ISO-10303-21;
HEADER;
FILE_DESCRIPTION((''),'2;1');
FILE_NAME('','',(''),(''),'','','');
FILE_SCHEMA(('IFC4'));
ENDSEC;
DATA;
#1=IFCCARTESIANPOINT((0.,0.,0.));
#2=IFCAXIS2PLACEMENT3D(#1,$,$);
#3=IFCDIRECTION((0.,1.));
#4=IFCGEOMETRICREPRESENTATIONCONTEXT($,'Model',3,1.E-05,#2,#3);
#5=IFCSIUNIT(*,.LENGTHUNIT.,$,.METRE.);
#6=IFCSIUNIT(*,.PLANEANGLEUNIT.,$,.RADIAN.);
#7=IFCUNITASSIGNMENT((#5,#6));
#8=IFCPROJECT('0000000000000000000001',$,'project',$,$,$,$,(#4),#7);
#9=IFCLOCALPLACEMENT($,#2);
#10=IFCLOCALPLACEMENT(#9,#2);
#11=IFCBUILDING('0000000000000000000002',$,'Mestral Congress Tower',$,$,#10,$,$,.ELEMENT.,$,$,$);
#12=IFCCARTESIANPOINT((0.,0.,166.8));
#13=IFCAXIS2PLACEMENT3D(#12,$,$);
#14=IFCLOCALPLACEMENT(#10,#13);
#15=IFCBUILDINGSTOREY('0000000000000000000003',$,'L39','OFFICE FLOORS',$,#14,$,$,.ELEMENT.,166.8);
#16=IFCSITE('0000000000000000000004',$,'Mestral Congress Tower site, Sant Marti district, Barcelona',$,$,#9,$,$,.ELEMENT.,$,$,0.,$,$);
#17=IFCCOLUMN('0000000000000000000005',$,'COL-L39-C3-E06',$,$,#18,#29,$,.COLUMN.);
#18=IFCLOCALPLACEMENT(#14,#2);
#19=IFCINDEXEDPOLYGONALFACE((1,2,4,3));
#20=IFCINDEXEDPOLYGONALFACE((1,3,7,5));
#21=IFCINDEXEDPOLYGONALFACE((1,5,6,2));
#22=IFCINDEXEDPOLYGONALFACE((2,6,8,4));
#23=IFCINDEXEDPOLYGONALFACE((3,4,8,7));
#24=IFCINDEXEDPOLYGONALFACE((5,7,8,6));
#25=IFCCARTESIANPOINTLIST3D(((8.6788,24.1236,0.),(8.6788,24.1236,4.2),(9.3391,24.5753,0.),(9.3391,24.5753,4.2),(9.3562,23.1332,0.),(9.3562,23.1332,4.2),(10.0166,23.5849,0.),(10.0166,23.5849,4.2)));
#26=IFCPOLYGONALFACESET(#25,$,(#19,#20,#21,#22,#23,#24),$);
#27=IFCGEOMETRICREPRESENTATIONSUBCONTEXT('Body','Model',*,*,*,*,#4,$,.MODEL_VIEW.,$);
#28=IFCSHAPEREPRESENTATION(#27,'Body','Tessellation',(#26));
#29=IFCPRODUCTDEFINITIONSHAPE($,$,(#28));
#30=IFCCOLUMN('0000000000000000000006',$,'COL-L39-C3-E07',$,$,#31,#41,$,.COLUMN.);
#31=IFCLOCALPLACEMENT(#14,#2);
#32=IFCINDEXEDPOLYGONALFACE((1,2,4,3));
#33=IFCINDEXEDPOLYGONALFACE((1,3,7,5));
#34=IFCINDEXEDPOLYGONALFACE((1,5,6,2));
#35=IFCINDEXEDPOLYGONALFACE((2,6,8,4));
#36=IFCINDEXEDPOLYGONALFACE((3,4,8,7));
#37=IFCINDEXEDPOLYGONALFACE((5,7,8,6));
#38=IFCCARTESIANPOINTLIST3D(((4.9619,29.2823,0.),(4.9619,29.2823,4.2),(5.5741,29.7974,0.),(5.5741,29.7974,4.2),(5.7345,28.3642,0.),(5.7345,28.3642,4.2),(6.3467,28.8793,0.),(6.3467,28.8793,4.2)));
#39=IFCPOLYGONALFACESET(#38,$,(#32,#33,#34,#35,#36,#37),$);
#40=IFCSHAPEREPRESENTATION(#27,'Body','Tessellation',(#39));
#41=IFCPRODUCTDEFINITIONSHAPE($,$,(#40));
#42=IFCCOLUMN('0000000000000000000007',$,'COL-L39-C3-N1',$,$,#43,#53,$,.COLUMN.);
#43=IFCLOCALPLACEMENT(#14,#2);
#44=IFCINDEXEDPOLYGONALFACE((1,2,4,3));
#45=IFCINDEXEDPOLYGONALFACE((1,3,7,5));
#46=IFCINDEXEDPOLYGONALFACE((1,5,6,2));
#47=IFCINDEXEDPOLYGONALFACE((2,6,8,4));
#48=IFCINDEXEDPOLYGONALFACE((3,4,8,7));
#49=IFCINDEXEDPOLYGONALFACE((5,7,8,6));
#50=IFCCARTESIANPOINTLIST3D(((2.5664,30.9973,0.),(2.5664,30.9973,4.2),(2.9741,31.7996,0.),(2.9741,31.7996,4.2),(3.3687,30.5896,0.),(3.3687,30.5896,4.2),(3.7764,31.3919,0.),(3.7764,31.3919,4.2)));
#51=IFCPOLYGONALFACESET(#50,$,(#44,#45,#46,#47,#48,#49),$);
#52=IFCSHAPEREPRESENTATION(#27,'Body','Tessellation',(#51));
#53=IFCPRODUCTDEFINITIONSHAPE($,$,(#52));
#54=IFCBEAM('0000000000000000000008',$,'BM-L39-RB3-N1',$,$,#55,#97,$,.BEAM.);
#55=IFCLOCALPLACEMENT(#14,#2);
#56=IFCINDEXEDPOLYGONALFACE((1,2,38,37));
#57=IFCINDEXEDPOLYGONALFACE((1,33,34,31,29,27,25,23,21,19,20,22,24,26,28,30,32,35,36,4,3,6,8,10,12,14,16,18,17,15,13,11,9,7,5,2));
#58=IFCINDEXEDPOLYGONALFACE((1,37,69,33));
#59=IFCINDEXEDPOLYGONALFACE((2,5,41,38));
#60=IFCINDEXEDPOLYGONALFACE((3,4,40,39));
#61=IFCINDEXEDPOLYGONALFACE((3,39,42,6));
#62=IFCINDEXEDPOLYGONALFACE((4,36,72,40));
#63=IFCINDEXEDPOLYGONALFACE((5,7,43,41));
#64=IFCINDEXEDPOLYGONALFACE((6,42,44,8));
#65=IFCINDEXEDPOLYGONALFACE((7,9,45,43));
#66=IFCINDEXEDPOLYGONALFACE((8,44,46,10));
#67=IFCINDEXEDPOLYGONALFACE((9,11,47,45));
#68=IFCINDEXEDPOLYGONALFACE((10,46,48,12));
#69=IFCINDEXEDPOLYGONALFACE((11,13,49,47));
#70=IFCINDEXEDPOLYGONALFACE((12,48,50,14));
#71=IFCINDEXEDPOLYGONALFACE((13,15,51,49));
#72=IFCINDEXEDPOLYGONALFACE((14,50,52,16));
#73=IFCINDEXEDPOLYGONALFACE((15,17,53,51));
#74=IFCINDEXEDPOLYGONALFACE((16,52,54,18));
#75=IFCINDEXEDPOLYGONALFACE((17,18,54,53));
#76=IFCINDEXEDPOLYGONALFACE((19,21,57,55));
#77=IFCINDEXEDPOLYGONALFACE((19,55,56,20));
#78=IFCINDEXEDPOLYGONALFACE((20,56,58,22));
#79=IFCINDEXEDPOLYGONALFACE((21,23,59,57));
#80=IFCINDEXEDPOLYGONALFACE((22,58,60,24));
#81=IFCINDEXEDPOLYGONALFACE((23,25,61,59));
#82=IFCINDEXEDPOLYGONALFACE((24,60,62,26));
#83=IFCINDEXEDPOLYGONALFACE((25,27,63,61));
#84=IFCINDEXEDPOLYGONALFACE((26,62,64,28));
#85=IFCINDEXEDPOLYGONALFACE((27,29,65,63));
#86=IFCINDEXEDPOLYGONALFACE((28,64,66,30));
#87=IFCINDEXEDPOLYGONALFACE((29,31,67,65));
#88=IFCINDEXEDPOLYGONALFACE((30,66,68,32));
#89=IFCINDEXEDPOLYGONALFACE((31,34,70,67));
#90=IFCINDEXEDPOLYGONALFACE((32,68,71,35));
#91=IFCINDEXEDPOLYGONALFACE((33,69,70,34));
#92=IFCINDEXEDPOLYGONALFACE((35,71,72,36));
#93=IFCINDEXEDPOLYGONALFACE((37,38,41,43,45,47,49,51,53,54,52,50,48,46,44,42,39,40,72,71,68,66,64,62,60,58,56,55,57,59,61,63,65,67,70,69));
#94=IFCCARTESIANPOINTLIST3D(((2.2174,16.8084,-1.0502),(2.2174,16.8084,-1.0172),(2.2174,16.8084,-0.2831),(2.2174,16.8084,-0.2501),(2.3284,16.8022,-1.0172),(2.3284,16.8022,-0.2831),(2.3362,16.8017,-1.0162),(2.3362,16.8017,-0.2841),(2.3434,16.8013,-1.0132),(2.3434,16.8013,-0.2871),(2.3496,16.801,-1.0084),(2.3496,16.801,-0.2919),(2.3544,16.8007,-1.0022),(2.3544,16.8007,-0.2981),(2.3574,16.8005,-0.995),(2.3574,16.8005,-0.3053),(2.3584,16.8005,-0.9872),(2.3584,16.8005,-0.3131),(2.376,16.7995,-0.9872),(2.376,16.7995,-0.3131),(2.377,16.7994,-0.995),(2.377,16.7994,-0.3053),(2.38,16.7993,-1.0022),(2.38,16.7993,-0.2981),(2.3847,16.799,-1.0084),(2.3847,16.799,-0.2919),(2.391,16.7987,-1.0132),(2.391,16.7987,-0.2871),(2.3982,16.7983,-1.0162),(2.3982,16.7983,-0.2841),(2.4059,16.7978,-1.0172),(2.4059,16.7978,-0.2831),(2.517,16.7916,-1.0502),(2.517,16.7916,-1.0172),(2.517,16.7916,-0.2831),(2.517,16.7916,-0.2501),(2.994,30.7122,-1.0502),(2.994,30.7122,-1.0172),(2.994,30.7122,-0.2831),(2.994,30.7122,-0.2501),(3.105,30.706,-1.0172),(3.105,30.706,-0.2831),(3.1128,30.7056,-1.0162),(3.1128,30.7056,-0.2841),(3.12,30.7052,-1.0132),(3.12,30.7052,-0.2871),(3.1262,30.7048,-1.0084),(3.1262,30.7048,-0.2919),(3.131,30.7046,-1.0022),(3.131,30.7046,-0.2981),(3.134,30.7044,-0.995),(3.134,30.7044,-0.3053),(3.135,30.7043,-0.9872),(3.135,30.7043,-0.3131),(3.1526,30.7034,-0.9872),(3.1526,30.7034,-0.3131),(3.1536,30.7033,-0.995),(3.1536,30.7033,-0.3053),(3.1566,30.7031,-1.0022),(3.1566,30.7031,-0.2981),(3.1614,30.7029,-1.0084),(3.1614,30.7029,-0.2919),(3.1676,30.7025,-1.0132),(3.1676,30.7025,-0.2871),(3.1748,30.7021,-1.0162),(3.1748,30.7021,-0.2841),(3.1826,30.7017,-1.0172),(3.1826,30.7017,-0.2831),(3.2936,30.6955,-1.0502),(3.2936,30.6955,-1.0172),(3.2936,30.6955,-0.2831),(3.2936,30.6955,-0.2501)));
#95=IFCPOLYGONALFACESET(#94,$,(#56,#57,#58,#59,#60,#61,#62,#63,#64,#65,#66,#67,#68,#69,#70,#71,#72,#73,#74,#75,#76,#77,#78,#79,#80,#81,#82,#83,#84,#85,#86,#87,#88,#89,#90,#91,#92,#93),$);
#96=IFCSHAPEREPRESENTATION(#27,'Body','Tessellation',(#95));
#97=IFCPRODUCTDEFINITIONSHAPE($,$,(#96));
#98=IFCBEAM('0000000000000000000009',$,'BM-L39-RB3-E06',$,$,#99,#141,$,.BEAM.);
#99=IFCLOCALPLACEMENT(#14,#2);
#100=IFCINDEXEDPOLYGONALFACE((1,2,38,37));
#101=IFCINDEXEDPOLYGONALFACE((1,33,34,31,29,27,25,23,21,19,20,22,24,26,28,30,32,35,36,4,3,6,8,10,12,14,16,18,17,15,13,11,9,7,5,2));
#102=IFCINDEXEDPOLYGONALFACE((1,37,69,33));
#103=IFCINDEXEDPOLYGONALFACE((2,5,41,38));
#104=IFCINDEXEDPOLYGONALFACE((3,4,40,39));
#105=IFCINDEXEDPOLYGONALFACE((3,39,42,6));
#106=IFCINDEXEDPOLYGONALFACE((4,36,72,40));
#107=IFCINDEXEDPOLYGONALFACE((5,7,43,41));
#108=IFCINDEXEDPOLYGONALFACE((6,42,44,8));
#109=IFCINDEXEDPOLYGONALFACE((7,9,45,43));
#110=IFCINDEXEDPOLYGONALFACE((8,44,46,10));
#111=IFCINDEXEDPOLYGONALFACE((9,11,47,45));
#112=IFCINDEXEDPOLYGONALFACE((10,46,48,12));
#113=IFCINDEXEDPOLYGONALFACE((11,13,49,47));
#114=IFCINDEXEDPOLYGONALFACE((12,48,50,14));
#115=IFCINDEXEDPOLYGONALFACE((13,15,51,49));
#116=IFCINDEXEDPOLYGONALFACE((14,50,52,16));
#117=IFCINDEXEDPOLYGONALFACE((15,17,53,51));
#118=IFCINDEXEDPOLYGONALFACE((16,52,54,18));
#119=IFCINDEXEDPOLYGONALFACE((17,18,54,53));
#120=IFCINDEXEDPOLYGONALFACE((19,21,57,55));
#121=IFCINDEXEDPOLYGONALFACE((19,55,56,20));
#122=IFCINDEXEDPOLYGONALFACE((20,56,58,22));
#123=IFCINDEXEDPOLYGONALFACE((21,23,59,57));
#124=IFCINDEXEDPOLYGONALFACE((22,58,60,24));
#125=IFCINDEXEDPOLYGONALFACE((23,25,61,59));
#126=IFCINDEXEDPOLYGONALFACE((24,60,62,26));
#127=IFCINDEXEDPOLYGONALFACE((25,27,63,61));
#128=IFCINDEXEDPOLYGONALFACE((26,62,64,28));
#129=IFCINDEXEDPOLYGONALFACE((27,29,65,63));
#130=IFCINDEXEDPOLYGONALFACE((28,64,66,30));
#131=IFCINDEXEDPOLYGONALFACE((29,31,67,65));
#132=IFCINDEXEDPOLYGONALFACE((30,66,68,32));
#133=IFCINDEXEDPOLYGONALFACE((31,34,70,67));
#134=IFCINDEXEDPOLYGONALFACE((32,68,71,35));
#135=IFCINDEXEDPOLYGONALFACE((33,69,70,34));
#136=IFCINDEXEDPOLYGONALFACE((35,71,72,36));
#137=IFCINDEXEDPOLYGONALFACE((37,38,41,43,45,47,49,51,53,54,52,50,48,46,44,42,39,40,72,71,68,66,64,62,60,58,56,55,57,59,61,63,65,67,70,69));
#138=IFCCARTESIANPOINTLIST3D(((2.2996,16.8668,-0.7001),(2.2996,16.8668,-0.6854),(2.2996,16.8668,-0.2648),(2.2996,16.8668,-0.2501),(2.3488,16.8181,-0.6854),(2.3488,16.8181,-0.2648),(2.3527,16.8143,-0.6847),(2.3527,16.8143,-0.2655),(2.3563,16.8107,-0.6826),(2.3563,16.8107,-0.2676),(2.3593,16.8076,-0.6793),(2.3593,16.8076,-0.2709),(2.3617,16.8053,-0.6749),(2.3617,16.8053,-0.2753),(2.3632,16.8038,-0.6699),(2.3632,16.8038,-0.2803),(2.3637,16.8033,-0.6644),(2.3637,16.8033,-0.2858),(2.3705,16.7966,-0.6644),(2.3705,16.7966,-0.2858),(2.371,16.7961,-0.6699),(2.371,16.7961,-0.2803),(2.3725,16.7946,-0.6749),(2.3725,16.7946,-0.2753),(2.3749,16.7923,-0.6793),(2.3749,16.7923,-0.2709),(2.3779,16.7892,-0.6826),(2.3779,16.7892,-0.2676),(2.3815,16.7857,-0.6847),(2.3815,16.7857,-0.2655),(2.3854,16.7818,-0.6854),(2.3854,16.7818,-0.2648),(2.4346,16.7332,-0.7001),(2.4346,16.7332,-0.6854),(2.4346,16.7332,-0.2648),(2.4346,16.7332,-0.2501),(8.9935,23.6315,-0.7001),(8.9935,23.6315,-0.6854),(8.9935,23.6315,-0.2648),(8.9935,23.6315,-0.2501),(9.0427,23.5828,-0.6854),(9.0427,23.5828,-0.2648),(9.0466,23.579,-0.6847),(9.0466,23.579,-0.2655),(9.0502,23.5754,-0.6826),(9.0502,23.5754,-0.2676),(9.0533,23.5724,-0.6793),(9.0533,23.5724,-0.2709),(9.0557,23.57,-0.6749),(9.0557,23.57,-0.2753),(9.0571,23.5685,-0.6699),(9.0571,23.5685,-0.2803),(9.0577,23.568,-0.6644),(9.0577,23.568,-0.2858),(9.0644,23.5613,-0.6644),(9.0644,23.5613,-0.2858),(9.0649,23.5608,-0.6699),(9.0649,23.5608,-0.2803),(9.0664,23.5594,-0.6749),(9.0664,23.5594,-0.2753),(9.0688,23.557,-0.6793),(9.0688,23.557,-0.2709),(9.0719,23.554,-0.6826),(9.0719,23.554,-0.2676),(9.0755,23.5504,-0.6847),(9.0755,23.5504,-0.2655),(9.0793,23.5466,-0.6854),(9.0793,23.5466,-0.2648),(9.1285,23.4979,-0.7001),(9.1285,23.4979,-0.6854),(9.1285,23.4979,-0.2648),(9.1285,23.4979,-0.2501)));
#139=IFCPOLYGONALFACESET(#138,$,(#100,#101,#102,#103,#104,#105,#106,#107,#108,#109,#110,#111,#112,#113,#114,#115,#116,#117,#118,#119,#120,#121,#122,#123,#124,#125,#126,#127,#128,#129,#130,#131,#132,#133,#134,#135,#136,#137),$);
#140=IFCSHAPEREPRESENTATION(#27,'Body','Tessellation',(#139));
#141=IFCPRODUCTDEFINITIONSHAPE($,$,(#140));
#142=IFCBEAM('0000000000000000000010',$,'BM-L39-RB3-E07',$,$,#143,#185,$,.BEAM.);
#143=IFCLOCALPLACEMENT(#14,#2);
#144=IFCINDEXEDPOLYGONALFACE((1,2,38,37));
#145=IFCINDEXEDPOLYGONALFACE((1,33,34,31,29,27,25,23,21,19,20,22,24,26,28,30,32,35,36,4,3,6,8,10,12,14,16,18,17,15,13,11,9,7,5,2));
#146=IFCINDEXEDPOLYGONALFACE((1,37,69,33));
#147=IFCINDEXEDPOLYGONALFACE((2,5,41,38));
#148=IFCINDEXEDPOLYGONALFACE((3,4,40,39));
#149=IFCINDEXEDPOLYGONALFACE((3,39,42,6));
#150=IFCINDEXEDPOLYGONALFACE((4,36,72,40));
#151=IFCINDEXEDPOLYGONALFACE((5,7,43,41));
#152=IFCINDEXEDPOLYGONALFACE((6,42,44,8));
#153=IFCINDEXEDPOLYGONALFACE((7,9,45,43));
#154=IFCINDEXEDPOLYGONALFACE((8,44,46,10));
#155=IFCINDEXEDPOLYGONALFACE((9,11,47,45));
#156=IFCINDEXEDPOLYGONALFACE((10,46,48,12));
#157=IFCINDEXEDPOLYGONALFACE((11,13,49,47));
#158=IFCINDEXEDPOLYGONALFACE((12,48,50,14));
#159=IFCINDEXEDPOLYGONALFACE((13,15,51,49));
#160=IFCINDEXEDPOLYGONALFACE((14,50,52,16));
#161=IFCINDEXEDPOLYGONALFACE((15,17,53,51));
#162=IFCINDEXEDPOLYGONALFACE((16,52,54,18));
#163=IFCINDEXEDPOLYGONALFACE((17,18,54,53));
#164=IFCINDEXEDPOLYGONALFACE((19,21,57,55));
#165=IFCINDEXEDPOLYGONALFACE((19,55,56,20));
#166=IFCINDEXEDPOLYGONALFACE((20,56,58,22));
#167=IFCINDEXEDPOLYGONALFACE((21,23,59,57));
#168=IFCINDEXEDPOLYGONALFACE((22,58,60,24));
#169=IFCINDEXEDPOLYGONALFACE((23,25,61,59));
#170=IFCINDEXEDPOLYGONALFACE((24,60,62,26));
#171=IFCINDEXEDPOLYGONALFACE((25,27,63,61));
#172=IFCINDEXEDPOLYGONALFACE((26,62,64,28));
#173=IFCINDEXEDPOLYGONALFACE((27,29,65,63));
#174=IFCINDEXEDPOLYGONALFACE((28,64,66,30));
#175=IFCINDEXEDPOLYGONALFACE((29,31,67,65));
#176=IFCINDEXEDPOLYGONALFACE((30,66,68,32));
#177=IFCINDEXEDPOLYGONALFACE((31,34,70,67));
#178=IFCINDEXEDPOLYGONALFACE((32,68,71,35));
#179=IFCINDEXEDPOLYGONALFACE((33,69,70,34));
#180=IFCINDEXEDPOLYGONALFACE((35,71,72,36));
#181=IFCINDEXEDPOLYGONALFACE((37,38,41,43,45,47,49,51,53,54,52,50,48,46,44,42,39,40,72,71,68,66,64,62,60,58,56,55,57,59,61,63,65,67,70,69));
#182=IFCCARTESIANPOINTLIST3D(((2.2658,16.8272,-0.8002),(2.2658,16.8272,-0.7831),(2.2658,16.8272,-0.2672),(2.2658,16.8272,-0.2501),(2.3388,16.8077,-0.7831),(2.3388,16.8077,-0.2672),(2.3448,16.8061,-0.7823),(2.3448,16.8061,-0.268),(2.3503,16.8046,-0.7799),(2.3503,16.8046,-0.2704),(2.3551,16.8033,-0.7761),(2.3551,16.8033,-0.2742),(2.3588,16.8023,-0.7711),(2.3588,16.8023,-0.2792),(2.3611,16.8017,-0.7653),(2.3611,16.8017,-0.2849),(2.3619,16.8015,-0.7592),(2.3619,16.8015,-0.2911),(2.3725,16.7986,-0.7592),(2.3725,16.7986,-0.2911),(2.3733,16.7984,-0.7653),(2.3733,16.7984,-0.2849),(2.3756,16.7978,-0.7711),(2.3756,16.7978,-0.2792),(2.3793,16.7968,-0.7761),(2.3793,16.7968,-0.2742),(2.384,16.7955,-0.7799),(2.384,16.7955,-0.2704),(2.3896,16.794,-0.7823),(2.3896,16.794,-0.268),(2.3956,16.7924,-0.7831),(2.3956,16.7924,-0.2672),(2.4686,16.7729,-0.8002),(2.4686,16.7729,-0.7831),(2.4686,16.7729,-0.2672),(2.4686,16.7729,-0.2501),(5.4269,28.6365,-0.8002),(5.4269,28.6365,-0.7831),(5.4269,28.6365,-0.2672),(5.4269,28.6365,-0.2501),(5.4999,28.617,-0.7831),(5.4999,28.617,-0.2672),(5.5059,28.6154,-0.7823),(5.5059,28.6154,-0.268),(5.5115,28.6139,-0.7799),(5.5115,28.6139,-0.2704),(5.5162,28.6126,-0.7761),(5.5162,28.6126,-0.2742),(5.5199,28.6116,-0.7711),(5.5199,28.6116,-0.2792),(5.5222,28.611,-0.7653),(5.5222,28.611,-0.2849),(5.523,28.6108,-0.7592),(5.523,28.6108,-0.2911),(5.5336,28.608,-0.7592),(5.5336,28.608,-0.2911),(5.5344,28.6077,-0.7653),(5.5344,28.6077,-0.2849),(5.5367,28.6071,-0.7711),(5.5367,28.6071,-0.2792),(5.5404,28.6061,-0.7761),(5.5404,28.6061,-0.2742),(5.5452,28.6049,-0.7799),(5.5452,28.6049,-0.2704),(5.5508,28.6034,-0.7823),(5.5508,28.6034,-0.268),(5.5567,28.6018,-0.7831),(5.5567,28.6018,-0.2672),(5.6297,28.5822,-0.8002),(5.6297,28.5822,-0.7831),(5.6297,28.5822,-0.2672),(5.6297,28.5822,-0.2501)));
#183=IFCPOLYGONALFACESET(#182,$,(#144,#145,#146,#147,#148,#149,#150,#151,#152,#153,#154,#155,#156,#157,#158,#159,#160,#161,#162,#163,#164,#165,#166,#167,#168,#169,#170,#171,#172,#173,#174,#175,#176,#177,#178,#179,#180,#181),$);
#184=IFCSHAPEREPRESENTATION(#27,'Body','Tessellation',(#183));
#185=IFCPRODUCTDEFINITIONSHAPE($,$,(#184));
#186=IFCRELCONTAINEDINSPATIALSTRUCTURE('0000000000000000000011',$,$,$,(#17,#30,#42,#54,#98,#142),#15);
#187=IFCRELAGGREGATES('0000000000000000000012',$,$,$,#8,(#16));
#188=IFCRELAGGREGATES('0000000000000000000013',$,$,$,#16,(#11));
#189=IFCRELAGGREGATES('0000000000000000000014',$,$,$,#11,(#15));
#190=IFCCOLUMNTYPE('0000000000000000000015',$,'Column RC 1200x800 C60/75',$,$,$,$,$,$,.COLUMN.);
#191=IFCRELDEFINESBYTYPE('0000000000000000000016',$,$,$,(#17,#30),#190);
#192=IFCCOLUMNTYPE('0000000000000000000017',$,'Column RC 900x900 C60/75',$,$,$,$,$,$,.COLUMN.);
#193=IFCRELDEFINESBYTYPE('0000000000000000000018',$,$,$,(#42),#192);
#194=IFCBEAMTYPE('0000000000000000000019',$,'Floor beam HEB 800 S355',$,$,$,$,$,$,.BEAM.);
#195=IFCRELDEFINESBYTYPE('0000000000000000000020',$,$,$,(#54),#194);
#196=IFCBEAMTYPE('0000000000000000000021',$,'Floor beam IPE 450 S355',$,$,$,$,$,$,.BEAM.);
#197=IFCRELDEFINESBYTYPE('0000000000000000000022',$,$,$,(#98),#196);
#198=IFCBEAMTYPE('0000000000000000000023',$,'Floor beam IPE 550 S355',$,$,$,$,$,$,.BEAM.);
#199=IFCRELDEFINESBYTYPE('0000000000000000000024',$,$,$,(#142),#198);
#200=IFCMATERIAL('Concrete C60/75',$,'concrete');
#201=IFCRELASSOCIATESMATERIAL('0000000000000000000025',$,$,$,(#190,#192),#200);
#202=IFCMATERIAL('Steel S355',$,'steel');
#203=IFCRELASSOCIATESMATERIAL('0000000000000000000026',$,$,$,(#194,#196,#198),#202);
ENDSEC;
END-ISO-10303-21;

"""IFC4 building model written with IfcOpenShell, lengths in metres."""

from ifc_helpers import new_model, si_unit, direction, frame, origin, origin_2d, place, context, subcontext, project, spatial, rectangle, i_section, extrude, material, material_profile, profile_set, type_object, element, save


model = new_model("IFC4")

# Units and contexts
model_context = context("Model", 3, precision=1e-05, world=origin(), true_north=direction((0.0, 1.0)))
body_context = subcontext(model_context, "Body", "Model", "MODEL_VIEW")
ifc_project = project(units=[si_unit("LENGTHUNIT", "METRE"), si_unit("PLANEANGLEUNIT", "RADIAN")], contexts=[model_context])

# Site, building, storey
site_placement = place(None, origin())
site = spatial("IfcSite", under=ifc_project, at=site_placement, Name="Mestral Congress Tower site, Sant Marti district, Barcelona", CompositionType="ELEMENT", RefElevation=0.0)
building_placement = place(site_placement, origin())
building = spatial("IfcBuilding", under=site, at=building_placement, Name="Mestral Congress Tower", CompositionType="ELEMENT")
storey_placement = place(building_placement, frame((0.0, 0.0, 166.8)))
storey = spatial("IfcBuildingStorey", under=building, at=storey_placement, Name="L39", Description="OFFICE FLOORS", CompositionType="ELEMENT", Elevation=166.8)

# Columns
ifc_material_1 = material(Name="Concrete C60/75", Category="concrete")
ifc_material_profile_1 = material_profile(ifc_material_1, rectangle(XDim=1.2, YDim=0.8, at=origin_2d()), Name="RC 1200x800")
ifc_profile_set_1 = profile_set([ifc_material_profile_1], Name="Concrete C60/75")
column_type_1 = type_object("IfcColumnType", Name="Column RC 1200x800 C60/75", PredefinedType="COLUMN", material=ifc_profile_set_1)
for number, where, z_axis, x_axis, name in (
    (1, (9.3477, 23.8542, 0.0), (0.0, 0.0, 1.0), (-0.564568, 0.825387, 0.0), "COL-L39-C3-E06"),
    (2, (5.6543, 29.0808, 0.0), (0.0, 0.0, 1.0), (-0.643827, 0.765171, 0.0), "COL-L39-C3-E07"),
):
    element("IfcColumn", number, at=place(storey_placement, frame(where, z_axis=z_axis, x_axis=x_axis)), inside=storey, type_object=column_type_1, Name=name, PredefinedType="COLUMN", context=body_context, shape_type="SweptSolid", body=[
        extrude(rectangle(XDim=1.2, YDim=0.8, at=origin_2d()), origin(), (0.0, 0.0, 1.0), 4.2),
    ])
ifc_material_profile_2 = material_profile(ifc_material_1, rectangle(XDim=0.8999, YDim=0.8999, at=origin_2d()), Name="RC 900x900")
ifc_profile_set_2 = profile_set([ifc_material_profile_2], Name="Concrete C60/75")
column_type_2 = type_object("IfcColumnType", Name="Column RC 900x900 C60/75", PredefinedType="COLUMN", material=ifc_profile_set_2)
column_placement = place(storey_placement, frame((3.1714, 31.1946, 0.0), z_axis=(0.0, 0.0, 1.0), x_axis=(-0.891486, 0.453048, 0.0)))
element("IfcColumn", 3, at=column_placement, inside=storey, type_object=column_type_2, Name="COL-L39-C3-N1", PredefinedType="COLUMN", context=body_context, shape_type="SweptSolid", body=[
    extrude(rectangle(XDim=0.8999, YDim=0.8999, at=origin_2d()), origin(), (0.0, 0.0, 1.0), 4.2),
])

# Beams
ifc_material_2 = material(Name="Steel S355", Category="steel")
ifc_material_profile_3 = material_profile(ifc_material_2, i_section(OverallWidth=0.3, OverallDepth=0.8, WebThickness=0.0176, FlangeThickness=0.033, FilletRadius=0.03, at=origin_2d()), Name="HEB 800")
ifc_profile_set_3 = profile_set([ifc_material_profile_3], Name="Steel S355")
beam_type_1 = type_object("IfcBeamType", Name="Floor beam HEB 800 S355", PredefinedType="BEAM", material=ifc_profile_set_3)
beam_1_placement = place(storey_placement, frame((3.1438, 30.7039, -0.6501), z_axis=(-0.055769, -0.998444, 0.0), x_axis=(0.998444, -0.055769, 0.0)))
element("IfcBeam", 4, at=beam_1_placement, inside=storey, type_object=beam_type_1, Name="BM-L39-RB3-N1", PredefinedType="BEAM", context=body_context, shape_type="SweptSolid", body=[
    extrude(i_section(OverallWidth=0.3, OverallDepth=0.8, WebThickness=0.0176, FlangeThickness=0.033, FilletRadius=0.03, at=origin_2d()), origin(), (0.0, 0.0, 1.0), 13.9255),
])
ifc_material_profile_4 = material_profile(ifc_material_2, i_section(OverallWidth=0.1899, OverallDepth=0.45, WebThickness=0.0095, FlangeThickness=0.0146, FilletRadius=0.021, at=origin_2d()), Name="IPE 450")
ifc_profile_set_4 = profile_set([ifc_material_profile_4], Name="Steel S355")
beam_type_2 = type_object("IfcBeamType", Name="Floor beam IPE 450 S355", PredefinedType="BEAM", material=ifc_profile_set_4)
beam_2_placement = place(storey_placement, frame((9.061, 23.5647, -0.4751), z_axis=(-0.703377, -0.710817, 0.0), x_axis=(0.710817, -0.703377, 0.0)))
element("IfcBeam", 5, at=beam_2_placement, inside=storey, type_object=beam_type_2, Name="BM-L39-RB3-E06", PredefinedType="BEAM", context=body_context, shape_type="SweptSolid", body=[
    extrude(i_section(OverallWidth=0.1899, OverallDepth=0.45, WebThickness=0.0095, FlangeThickness=0.0146, FilletRadius=0.021, at=origin_2d()), origin(), (0.0, 0.0, 1.0), 9.5168),
])
ifc_material_profile_5 = material_profile(ifc_material_2, i_section(OverallWidth=0.21, OverallDepth=0.55, WebThickness=0.011, FlangeThickness=0.0171, FilletRadius=0.0239, at=origin_2d()), Name="IPE 550")
ifc_profile_set_5 = profile_set([ifc_material_profile_5], Name="Steel S355")
beam_type_3 = type_object("IfcBeamType", Name="Floor beam IPE 550 S355", PredefinedType="BEAM", material=ifc_profile_set_5)
beam_3_placement = place(storey_placement, frame((5.5283, 28.6094, -0.5251), z_axis=(-0.258577, -0.965991, 0.0), x_axis=(0.965991, -0.258577, 0.0)))
element("IfcBeam", 6, at=beam_3_placement, inside=storey, type_object=beam_type_3, Name="BM-L39-RB3-E07", PredefinedType="BEAM", context=body_context, shape_type="SweptSolid", body=[
    extrude(i_section(OverallWidth=0.21, OverallDepth=0.55, WebThickness=0.011, FlangeThickness=0.0171, FilletRadius=0.0239, at=origin_2d()), origin(), (0.0, 0.0, 1.0), 12.2251),
])

save(model, "model.ifc")
